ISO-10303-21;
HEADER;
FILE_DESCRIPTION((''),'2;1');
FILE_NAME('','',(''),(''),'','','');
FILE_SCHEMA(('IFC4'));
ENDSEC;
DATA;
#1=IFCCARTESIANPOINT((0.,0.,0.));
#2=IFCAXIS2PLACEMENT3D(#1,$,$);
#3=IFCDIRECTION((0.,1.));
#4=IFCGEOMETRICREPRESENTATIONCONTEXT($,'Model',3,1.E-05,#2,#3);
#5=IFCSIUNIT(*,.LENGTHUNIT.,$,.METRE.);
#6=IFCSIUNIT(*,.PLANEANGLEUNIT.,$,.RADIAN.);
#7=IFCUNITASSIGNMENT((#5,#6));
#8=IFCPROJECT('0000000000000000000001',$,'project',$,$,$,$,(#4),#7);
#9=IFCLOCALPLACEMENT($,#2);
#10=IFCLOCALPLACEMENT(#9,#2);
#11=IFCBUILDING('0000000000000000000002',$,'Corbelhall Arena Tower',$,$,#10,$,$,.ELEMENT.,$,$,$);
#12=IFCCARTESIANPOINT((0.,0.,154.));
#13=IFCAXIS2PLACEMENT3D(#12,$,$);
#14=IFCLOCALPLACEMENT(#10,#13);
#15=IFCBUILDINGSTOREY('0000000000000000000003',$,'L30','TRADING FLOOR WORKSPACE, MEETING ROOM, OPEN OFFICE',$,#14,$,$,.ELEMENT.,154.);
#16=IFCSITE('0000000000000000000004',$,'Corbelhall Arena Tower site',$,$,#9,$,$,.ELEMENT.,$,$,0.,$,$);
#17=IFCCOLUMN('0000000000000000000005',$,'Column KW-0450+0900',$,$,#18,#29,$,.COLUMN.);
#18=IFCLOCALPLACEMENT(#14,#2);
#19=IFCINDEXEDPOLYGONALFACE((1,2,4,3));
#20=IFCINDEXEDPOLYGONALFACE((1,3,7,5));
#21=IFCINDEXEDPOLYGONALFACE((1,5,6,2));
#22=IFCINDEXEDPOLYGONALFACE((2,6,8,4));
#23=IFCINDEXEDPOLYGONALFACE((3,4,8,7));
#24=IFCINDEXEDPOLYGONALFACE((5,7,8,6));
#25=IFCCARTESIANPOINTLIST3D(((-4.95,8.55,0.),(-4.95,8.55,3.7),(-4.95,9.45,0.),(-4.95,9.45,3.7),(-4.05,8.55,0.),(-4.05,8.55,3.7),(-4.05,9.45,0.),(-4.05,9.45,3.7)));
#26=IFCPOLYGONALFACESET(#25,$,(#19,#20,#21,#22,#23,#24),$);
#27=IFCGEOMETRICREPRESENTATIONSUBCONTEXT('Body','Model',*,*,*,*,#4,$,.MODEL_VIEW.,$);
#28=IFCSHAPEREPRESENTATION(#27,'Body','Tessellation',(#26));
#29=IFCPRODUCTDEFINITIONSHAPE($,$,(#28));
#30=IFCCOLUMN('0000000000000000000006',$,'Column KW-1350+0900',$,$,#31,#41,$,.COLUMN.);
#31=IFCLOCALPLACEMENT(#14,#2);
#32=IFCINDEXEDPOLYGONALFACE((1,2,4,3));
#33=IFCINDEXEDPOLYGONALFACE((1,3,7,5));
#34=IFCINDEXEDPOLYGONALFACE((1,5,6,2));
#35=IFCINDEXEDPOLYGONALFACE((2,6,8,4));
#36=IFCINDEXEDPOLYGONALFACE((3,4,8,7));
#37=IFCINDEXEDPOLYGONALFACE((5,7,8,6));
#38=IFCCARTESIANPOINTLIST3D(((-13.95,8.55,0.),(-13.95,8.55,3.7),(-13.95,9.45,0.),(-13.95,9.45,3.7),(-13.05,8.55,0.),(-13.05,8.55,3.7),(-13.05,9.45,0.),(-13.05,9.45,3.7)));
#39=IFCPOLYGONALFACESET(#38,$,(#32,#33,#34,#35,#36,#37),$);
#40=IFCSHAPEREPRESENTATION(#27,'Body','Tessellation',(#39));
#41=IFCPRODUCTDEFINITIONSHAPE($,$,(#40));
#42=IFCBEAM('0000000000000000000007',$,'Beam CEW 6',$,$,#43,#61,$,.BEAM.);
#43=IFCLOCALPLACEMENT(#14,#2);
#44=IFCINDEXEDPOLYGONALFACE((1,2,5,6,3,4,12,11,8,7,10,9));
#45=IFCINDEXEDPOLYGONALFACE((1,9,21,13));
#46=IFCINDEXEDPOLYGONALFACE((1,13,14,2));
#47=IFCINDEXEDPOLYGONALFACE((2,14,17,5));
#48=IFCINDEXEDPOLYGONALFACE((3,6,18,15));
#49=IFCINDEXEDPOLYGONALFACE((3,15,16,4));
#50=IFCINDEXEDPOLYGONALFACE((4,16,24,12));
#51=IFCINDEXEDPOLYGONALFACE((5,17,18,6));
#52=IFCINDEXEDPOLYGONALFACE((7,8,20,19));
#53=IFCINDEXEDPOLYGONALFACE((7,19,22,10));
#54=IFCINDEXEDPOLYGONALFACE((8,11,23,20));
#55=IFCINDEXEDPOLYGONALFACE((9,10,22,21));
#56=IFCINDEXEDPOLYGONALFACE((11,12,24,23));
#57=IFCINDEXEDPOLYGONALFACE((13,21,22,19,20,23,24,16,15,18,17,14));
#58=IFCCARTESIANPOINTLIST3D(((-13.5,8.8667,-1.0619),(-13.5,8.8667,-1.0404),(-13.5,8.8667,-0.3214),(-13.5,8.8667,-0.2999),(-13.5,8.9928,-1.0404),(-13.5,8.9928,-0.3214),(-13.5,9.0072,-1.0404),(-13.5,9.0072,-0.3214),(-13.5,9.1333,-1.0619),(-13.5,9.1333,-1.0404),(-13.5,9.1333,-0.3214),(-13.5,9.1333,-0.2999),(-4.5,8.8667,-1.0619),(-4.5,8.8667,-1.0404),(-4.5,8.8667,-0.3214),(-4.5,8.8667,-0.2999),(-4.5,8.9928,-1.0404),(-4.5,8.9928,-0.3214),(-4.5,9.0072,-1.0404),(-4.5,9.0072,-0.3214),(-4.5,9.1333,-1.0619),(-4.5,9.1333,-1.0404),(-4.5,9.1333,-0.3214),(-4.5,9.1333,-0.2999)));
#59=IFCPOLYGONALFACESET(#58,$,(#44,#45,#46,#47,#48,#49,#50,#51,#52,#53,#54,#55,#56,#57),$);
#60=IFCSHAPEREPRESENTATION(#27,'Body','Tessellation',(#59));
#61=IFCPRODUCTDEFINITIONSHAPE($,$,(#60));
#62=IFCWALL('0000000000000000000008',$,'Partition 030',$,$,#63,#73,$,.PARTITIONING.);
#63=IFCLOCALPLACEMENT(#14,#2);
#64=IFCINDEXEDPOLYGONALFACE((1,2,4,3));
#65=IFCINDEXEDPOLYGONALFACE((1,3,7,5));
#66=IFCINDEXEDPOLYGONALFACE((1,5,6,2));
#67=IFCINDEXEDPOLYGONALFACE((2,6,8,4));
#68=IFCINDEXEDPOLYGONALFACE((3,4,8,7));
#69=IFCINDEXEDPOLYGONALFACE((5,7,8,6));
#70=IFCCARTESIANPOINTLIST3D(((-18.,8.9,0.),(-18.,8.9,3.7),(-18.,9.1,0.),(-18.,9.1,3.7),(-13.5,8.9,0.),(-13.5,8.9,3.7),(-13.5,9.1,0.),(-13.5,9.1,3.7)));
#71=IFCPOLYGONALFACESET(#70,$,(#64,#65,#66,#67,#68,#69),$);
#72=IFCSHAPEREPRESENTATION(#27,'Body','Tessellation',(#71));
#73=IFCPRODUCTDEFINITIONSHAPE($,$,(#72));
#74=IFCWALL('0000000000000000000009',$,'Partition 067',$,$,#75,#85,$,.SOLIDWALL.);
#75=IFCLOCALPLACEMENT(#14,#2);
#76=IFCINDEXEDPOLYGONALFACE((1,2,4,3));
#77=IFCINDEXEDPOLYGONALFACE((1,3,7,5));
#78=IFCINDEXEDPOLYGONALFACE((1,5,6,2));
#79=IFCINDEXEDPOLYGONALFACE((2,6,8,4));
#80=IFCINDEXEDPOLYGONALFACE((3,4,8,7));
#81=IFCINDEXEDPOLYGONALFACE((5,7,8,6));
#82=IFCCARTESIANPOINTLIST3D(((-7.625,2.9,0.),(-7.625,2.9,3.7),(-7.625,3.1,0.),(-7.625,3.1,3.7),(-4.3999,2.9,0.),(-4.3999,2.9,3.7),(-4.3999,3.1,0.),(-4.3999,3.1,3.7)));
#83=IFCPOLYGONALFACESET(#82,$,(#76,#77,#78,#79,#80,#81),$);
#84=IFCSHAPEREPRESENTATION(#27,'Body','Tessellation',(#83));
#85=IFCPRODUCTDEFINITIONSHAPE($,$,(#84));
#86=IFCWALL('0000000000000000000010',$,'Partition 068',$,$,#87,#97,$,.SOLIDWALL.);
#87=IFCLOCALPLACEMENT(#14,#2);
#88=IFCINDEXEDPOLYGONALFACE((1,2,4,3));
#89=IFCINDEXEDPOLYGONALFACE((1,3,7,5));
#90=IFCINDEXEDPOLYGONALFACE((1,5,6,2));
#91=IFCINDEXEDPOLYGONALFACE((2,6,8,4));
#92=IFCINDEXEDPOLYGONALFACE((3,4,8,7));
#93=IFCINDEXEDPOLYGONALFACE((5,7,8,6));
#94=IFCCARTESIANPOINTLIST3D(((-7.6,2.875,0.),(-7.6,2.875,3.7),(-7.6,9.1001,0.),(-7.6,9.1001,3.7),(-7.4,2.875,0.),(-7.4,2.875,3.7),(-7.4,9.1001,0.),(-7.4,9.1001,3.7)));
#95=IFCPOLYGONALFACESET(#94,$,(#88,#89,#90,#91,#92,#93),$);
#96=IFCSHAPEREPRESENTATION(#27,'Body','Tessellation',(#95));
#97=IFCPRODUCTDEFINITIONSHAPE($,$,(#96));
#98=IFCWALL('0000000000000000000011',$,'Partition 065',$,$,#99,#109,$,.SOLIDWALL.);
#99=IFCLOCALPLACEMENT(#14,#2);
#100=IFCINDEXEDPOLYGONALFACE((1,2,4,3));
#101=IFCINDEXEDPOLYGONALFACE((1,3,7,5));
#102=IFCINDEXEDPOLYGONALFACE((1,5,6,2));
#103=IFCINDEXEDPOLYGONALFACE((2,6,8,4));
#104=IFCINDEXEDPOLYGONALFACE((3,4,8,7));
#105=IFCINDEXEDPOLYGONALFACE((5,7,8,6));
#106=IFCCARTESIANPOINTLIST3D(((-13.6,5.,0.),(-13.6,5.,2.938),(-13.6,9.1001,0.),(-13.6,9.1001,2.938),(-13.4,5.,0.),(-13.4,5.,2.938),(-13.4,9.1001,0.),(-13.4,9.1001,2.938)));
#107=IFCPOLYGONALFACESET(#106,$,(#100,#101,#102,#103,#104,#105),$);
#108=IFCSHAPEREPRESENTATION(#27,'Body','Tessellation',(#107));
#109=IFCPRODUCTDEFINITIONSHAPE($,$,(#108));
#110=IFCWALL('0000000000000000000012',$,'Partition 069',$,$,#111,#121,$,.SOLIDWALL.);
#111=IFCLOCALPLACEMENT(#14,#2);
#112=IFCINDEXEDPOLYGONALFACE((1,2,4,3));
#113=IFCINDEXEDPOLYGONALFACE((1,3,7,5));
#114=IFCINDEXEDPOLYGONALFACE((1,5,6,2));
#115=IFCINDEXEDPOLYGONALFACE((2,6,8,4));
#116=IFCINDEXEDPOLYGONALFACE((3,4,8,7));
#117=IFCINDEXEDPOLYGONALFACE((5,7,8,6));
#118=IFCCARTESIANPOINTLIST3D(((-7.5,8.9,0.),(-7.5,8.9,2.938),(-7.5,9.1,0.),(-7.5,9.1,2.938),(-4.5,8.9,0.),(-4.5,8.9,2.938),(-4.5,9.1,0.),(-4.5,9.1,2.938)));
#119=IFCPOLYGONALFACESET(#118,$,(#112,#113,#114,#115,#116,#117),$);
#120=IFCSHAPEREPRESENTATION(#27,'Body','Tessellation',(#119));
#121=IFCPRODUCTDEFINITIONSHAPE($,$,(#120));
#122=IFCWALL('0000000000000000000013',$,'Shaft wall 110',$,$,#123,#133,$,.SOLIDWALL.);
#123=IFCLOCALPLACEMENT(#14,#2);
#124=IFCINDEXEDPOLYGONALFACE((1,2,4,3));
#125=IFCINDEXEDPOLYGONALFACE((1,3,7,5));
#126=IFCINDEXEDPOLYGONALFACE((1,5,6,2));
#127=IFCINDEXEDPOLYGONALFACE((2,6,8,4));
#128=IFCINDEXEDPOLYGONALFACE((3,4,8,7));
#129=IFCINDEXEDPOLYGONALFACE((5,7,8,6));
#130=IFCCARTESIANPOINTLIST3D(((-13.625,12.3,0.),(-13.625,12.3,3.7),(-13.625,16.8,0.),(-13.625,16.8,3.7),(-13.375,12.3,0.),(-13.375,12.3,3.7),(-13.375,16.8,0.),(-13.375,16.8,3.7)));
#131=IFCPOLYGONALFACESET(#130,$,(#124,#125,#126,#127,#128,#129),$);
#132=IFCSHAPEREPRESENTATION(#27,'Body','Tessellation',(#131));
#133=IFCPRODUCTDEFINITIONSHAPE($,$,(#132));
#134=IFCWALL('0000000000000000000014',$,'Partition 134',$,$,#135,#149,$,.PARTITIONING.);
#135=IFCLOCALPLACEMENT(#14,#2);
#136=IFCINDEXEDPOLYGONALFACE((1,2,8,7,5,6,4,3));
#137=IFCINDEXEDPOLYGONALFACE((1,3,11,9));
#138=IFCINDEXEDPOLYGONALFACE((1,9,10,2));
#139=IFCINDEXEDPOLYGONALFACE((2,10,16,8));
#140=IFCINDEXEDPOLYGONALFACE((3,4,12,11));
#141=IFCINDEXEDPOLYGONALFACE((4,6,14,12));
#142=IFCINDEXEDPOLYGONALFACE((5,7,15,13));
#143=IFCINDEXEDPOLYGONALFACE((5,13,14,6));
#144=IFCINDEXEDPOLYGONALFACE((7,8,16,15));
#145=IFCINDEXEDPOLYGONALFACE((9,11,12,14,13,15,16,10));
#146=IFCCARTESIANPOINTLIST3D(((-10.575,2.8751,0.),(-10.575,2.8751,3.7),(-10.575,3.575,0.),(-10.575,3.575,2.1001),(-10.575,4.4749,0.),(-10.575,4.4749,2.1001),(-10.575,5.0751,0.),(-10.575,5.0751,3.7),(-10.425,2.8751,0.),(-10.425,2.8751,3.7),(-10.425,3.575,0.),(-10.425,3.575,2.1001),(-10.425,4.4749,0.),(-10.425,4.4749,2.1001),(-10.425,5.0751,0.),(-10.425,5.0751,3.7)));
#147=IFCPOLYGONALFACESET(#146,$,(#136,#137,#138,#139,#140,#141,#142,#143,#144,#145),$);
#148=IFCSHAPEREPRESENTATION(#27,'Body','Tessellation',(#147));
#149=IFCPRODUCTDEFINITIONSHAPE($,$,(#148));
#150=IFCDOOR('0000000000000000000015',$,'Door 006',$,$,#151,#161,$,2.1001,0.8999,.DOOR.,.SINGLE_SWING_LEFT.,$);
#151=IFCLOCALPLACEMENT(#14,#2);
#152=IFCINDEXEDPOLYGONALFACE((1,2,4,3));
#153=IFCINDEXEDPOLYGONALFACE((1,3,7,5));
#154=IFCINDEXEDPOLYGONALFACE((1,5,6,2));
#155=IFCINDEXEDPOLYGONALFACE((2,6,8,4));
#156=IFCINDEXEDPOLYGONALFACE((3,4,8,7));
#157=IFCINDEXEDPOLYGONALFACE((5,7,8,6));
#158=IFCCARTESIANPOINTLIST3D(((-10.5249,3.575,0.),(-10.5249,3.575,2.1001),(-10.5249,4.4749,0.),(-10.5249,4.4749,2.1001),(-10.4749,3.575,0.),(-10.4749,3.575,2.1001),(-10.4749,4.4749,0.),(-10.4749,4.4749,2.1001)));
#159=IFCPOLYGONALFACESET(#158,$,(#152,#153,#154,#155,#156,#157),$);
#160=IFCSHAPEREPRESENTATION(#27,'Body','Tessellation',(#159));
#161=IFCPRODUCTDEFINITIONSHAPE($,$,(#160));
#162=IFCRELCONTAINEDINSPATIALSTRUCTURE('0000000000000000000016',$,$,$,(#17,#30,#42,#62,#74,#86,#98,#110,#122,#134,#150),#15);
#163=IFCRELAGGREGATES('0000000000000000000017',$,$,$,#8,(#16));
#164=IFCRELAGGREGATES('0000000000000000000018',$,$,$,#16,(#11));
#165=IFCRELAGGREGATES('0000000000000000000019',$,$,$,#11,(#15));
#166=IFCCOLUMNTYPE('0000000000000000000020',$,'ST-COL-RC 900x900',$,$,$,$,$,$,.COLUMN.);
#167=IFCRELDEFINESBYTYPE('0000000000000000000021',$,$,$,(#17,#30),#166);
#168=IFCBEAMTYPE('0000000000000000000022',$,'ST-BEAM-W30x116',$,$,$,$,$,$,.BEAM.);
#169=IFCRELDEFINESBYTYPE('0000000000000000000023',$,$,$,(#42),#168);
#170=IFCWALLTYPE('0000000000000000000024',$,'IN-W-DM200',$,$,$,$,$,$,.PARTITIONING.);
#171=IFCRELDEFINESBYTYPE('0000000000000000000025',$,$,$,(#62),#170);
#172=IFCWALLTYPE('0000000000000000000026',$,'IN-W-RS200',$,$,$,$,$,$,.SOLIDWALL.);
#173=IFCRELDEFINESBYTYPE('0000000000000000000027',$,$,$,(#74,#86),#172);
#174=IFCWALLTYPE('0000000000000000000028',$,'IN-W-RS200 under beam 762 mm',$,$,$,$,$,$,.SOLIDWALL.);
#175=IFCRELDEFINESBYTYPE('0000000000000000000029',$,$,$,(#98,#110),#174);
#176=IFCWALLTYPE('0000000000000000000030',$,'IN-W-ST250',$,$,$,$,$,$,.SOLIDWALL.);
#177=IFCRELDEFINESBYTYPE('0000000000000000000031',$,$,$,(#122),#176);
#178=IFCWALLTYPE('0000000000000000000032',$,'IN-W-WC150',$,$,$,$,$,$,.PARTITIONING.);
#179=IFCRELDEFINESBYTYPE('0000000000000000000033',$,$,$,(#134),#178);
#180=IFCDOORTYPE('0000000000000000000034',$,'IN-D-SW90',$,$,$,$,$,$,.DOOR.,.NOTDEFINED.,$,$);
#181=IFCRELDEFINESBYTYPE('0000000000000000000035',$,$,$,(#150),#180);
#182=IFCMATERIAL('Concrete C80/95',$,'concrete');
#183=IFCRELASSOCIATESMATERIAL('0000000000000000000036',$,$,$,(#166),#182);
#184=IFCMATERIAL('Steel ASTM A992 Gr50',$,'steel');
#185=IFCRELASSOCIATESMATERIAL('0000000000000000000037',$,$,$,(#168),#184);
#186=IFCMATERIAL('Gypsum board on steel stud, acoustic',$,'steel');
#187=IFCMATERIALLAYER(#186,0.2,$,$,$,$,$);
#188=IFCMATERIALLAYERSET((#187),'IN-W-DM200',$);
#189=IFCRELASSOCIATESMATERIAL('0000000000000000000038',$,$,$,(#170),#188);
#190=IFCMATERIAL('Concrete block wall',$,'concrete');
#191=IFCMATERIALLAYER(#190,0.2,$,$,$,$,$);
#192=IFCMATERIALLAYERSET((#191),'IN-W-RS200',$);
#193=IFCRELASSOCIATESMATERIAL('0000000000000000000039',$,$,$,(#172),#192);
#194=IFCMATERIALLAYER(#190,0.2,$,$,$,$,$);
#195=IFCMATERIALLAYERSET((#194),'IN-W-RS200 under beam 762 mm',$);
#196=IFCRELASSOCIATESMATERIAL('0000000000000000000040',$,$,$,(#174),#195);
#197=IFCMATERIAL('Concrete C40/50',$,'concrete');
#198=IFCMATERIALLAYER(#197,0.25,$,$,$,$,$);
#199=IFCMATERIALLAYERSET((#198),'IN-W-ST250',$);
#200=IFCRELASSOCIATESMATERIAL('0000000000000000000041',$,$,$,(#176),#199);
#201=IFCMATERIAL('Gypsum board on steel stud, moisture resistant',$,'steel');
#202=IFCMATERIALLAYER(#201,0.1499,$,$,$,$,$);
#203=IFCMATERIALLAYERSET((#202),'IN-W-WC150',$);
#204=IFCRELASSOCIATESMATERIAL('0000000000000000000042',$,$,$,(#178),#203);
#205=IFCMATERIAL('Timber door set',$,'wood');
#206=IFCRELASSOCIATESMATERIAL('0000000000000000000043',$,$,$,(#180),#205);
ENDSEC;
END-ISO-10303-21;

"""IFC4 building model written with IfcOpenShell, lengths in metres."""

from ifc_helpers import new_model, si_unit, direction, frame, frame_2d, origin, origin_2d, place, context, subcontext, project, spatial, rectangle, i_section, extrude, material, layer, layer_set, material_profile, profile_set, type_object, element, fill, save


model = new_model("IFC4")

# Units and contexts
model_context = context("Model", 3, precision=1e-05, world=origin(), true_north=direction((0.0, 1.0)))
body_context = subcontext(model_context, "Body", "Model", "MODEL_VIEW")
ifc_project = project(units=[si_unit("LENGTHUNIT", "METRE"), si_unit("PLANEANGLEUNIT", "RADIAN")], contexts=[model_context])

# Site, building, storey
site_placement = place(None, origin())
site = spatial("IfcSite", under=ifc_project, at=site_placement, Name="Corbelhall Arena Tower site", CompositionType="ELEMENT", RefElevation=0.0)
building_placement = place(site_placement, origin())
building = spatial("IfcBuilding", under=site, at=building_placement, Name="Corbelhall Arena Tower", CompositionType="ELEMENT")
storey_placement = place(building_placement, frame((0.0, 0.0, 154.0)))
storey = spatial("IfcBuildingStorey", under=building, at=storey_placement, Name="L30", Description="TRADING FLOOR WORKSPACE, MEETING ROOM, OPEN OFFICE", CompositionType="ELEMENT", Elevation=154.0)

# Columns
ifc_material_1 = material(Name="Concrete C80/95", Category="concrete")
ifc_material_profile_1 = material_profile(ifc_material_1, rectangle(XDim=0.8999, YDim=0.8999, at=origin_2d()))
ifc_profile_set_1 = profile_set([ifc_material_profile_1], Name="Concrete C80/95")
column_type = type_object("IfcColumnType", Name="ST-COL-RC 900x900", PredefinedType="COLUMN", material=ifc_profile_set_1)
for number, where, z_axis, x_axis, name in (
    (1, (-4.5, 9.0, 0.0), (0.0, 0.0, 1.0), (1.0, 0.0, 0.0), "Column KW-0450+0900"),
    (2, (-13.5, 9.0, 0.0), (0.0, 0.0, 1.0), (1.0, 0.0, 0.0), "Column KW-1350+0900"),
):
    element("IfcColumn", number, at=place(storey_placement, frame(where, z_axis=z_axis, x_axis=x_axis)), inside=storey, type_object=column_type, Name=name, PredefinedType="COLUMN", context=body_context, shape_type="SweptSolid", body=[
        extrude(rectangle(XDim=0.8999, YDim=0.8999, at=origin_2d()), origin(), (0.0, 0.0, 1.0), 3.7),
    ])

# Beam
ifc_material_2 = material(Name="Steel ASTM A992 Gr50", Category="steel")
ifc_material_profile_2 = material_profile(ifc_material_2, i_section(OverallWidth=0.2666, OverallDepth=0.762, WebThickness=0.0144, FlangeThickness=0.0215, at=origin_2d()))
ifc_profile_set_2 = profile_set([ifc_material_profile_2], Name="Steel ASTM A992 Gr50")
beam_type = type_object("IfcBeamType", Name="ST-BEAM-W30x116", PredefinedType="BEAM", material=ifc_profile_set_2)
beam_placement = place(storey_placement, frame((-13.5, 9.0, -0.6809), z_axis=(1.0, 0.0, 0.0), x_axis=(0.0, 1.0, 0.0)))
element("IfcBeam", 3, at=beam_placement, inside=storey, type_object=beam_type, Name="Beam CEW 6", PredefinedType="BEAM", context=body_context, shape_type="SweptSolid", body=[
    extrude(i_section(OverallWidth=0.2666, OverallDepth=0.762, WebThickness=0.0144, FlangeThickness=0.0215, at=origin_2d()), origin(), (0.0, 0.0, 1.0), 9.0),
])

# Wall
ifc_material_3 = material(Name="Gypsum board on steel stud, acoustic", Category="steel")
ifc_layer_1 = layer(ifc_material_3, 0.2)
ifc_layer_set_1 = layer_set([ifc_layer_1], Name="IN-W-DM200")
wall_type_1 = type_object("IfcWallType", Name="IN-W-DM200", PredefinedType="PARTITIONING", material=ifc_layer_set_1)
wall_1_placement = place(storey_placement, frame((-13.5, 9.0, 0.0), z_axis=(0.0, 0.0, 1.0), x_axis=(-1.0, 0.0, 0.0)))
element("IfcWall", 4, at=wall_1_placement, inside=storey, type_object=wall_type_1, Name="Partition 030", PredefinedType="PARTITIONING", context=body_context, shape_type="SweptSolid", body=[
    extrude(rectangle(XDim=4.5, YDim=0.2, at=frame_2d((2.25, 0.0))), origin(), (0.0, 0.0, 1.0), 3.7),
])

# Shared definitions
ifc_material_4 = material(Name="Concrete block wall", Category="concrete")
ifc_layer_2 = layer(ifc_material_4, 0.2)
ifc_layer_set_2 = layer_set([ifc_layer_2], Name="IN-W-RS200")
wall_type_2 = type_object("IfcWallType", Name="IN-W-RS200", PredefinedType="SOLIDWALL", material=ifc_layer_set_2)

# Walls
wall_2_placement = place(storey_placement, frame((-7.625, 3.0, 0.0), z_axis=(0.0, 0.0, 1.0), x_axis=(1.0, 0.0, 0.0)))
element("IfcWall", 5, at=wall_2_placement, inside=storey, type_object=wall_type_2, Name="Partition 067", PredefinedType="SOLIDWALL", context=body_context, shape_type="SweptSolid", body=[
    extrude(rectangle(XDim=3.2251, YDim=0.2, at=frame_2d((1.6125, 0.0))), origin(), (0.0, 0.0, 1.0), 3.7),
])
wall_3_placement = place(storey_placement, frame((-7.5, 2.875, 0.0), z_axis=(0.0, 0.0, 1.0), x_axis=(0.0, 1.0, 0.0)))
element("IfcWall", 6, at=wall_3_placement, inside=storey, type_object=wall_type_2, Name="Partition 068", PredefinedType="SOLIDWALL", context=body_context, shape_type="SweptSolid", body=[
    extrude(rectangle(XDim=6.2251, YDim=0.2, at=frame_2d((3.1125, 0.0))), origin(), (0.0, 0.0, 1.0), 3.7),
])
ifc_layer_3 = layer(ifc_material_4, 0.2)
ifc_layer_set_3 = layer_set([ifc_layer_3], Name="IN-W-RS200 under beam 762 mm")
wall_type_3 = type_object("IfcWallType", Name="IN-W-RS200 under beam 762 mm", PredefinedType="SOLIDWALL", material=ifc_layer_set_3)
wall_4_placement = place(storey_placement, frame((-13.5, 5.0, 0.0), z_axis=(0.0, 0.0, 1.0), x_axis=(0.0, 1.0, 0.0)))
element("IfcWall", 7, at=wall_4_placement, inside=storey, type_object=wall_type_3, Name="Partition 065", PredefinedType="SOLIDWALL", context=body_context, shape_type="SweptSolid", body=[
    extrude(rectangle(XDim=4.1001, YDim=0.2, at=frame_2d((2.05, 0.0))), origin(), (0.0, 0.0, 1.0), 2.938),
])
wall_5_placement = place(storey_placement, frame((-7.5, 9.0, 0.0), z_axis=(0.0, 0.0, 1.0), x_axis=(1.0, 0.0, 0.0)))
element("IfcWall", 8, at=wall_5_placement, inside=storey, type_object=wall_type_3, Name="Partition 069", PredefinedType="SOLIDWALL", context=body_context, shape_type="SweptSolid", body=[
    extrude(rectangle(XDim=3.0, YDim=0.2, at=frame_2d((1.5, 0.0))), origin(), (0.0, 0.0, 1.0), 2.938),
])

# Wall
ifc_material_5 = material(Name="Concrete C40/50", Category="concrete")
ifc_layer_4 = layer(ifc_material_5, 0.25)
ifc_layer_set_4 = layer_set([ifc_layer_4], Name="IN-W-ST250")
wall_type_4 = type_object("IfcWallType", Name="IN-W-ST250", PredefinedType="SOLIDWALL", material=ifc_layer_set_4)
wall_6_placement = place(storey_placement, frame((-13.5, 12.3, 0.0), z_axis=(0.0, 0.0, 1.0), x_axis=(0.0, 1.0, 0.0)))
element("IfcWall", 9, at=wall_6_placement, inside=storey, type_object=wall_type_4, Name="Shaft wall 110", PredefinedType="SOLIDWALL", context=body_context, shape_type="SweptSolid", body=[
    extrude(rectangle(XDim=4.5, YDim=0.25, at=frame_2d((2.25, 0.0))), origin(), (0.0, 0.0, 1.0), 3.7),
])

# Wall, opening, door
ifc_material_6 = material(Name="Gypsum board on steel stud, moisture resistant", Category="steel")
ifc_layer_5 = layer(ifc_material_6, 0.1499)
ifc_layer_set_5 = layer_set([ifc_layer_5], Name="IN-W-WC150")
wall_type_5 = type_object("IfcWallType", Name="IN-W-WC150", PredefinedType="PARTITIONING", material=ifc_layer_set_5)
wall_7_placement = place(storey_placement, frame((-10.5, 2.875, 0.0), z_axis=(0.0, 0.0, 1.0), x_axis=(0.0, 1.0, 0.0)))
wall_7 = element("IfcWall", 10, at=wall_7_placement, inside=storey, type_object=wall_type_5, Name="Partition 134", PredefinedType="PARTITIONING", context=body_context, shape_type="SweptSolid", body=[
    extrude(rectangle(XDim=2.2, YDim=0.1499, at=frame_2d((1.1001, 0.0))), origin(), (0.0, 0.0, 1.0), 3.7),
])
opening_1_placement = place(wall_7_placement, frame((0.7, 0.0, 0.0)))
opening_1 = element("IfcOpeningElement", 11, at=opening_1_placement, cuts=wall_7, PredefinedType="OPENING", context=body_context, shape_type="SweptSolid", body=[
    extrude(rectangle(XDim=0.8999, YDim=2.1001, at=frame_2d((0.45, 1.05))), frame((0.0, 0.075, 0.0), z_axis=(0.0, -1.0, 0.0), x_axis=(1.0, 0.0, 0.0)), (0.0, 0.0, 1.0), 0.1499),
])
ifc_material_7 = material(Name="Timber door set", Category="wood")
door_type_1 = type_object("IfcDoorType", Name="IN-D-SW90", OperationType="NOTDEFINED", PredefinedType="DOOR", material=ifc_material_7)
door_1_placement = place(opening_1_placement, origin())
door_1 = element("IfcDoor", 12, at=door_1_placement, inside=storey, type_object=door_type_1, Name="Door 006", OperationType="SINGLE_SWING_LEFT", OverallHeight=2.1001, OverallWidth=0.8999, PredefinedType="DOOR", context=body_context, shape_type="SweptSolid", body=[
    extrude(rectangle(XDim=0.8999, YDim=2.1001, at=frame_2d((0.45, 1.05))), frame((0.0, 0.0249, 0.0), z_axis=(0.0, -1.0, 0.0), x_axis=(1.0, 0.0, 0.0)), (0.0, 0.0, 1.0), 0.05),
])
fill(opening_1, door_1)

save(model, "model.ifc")
